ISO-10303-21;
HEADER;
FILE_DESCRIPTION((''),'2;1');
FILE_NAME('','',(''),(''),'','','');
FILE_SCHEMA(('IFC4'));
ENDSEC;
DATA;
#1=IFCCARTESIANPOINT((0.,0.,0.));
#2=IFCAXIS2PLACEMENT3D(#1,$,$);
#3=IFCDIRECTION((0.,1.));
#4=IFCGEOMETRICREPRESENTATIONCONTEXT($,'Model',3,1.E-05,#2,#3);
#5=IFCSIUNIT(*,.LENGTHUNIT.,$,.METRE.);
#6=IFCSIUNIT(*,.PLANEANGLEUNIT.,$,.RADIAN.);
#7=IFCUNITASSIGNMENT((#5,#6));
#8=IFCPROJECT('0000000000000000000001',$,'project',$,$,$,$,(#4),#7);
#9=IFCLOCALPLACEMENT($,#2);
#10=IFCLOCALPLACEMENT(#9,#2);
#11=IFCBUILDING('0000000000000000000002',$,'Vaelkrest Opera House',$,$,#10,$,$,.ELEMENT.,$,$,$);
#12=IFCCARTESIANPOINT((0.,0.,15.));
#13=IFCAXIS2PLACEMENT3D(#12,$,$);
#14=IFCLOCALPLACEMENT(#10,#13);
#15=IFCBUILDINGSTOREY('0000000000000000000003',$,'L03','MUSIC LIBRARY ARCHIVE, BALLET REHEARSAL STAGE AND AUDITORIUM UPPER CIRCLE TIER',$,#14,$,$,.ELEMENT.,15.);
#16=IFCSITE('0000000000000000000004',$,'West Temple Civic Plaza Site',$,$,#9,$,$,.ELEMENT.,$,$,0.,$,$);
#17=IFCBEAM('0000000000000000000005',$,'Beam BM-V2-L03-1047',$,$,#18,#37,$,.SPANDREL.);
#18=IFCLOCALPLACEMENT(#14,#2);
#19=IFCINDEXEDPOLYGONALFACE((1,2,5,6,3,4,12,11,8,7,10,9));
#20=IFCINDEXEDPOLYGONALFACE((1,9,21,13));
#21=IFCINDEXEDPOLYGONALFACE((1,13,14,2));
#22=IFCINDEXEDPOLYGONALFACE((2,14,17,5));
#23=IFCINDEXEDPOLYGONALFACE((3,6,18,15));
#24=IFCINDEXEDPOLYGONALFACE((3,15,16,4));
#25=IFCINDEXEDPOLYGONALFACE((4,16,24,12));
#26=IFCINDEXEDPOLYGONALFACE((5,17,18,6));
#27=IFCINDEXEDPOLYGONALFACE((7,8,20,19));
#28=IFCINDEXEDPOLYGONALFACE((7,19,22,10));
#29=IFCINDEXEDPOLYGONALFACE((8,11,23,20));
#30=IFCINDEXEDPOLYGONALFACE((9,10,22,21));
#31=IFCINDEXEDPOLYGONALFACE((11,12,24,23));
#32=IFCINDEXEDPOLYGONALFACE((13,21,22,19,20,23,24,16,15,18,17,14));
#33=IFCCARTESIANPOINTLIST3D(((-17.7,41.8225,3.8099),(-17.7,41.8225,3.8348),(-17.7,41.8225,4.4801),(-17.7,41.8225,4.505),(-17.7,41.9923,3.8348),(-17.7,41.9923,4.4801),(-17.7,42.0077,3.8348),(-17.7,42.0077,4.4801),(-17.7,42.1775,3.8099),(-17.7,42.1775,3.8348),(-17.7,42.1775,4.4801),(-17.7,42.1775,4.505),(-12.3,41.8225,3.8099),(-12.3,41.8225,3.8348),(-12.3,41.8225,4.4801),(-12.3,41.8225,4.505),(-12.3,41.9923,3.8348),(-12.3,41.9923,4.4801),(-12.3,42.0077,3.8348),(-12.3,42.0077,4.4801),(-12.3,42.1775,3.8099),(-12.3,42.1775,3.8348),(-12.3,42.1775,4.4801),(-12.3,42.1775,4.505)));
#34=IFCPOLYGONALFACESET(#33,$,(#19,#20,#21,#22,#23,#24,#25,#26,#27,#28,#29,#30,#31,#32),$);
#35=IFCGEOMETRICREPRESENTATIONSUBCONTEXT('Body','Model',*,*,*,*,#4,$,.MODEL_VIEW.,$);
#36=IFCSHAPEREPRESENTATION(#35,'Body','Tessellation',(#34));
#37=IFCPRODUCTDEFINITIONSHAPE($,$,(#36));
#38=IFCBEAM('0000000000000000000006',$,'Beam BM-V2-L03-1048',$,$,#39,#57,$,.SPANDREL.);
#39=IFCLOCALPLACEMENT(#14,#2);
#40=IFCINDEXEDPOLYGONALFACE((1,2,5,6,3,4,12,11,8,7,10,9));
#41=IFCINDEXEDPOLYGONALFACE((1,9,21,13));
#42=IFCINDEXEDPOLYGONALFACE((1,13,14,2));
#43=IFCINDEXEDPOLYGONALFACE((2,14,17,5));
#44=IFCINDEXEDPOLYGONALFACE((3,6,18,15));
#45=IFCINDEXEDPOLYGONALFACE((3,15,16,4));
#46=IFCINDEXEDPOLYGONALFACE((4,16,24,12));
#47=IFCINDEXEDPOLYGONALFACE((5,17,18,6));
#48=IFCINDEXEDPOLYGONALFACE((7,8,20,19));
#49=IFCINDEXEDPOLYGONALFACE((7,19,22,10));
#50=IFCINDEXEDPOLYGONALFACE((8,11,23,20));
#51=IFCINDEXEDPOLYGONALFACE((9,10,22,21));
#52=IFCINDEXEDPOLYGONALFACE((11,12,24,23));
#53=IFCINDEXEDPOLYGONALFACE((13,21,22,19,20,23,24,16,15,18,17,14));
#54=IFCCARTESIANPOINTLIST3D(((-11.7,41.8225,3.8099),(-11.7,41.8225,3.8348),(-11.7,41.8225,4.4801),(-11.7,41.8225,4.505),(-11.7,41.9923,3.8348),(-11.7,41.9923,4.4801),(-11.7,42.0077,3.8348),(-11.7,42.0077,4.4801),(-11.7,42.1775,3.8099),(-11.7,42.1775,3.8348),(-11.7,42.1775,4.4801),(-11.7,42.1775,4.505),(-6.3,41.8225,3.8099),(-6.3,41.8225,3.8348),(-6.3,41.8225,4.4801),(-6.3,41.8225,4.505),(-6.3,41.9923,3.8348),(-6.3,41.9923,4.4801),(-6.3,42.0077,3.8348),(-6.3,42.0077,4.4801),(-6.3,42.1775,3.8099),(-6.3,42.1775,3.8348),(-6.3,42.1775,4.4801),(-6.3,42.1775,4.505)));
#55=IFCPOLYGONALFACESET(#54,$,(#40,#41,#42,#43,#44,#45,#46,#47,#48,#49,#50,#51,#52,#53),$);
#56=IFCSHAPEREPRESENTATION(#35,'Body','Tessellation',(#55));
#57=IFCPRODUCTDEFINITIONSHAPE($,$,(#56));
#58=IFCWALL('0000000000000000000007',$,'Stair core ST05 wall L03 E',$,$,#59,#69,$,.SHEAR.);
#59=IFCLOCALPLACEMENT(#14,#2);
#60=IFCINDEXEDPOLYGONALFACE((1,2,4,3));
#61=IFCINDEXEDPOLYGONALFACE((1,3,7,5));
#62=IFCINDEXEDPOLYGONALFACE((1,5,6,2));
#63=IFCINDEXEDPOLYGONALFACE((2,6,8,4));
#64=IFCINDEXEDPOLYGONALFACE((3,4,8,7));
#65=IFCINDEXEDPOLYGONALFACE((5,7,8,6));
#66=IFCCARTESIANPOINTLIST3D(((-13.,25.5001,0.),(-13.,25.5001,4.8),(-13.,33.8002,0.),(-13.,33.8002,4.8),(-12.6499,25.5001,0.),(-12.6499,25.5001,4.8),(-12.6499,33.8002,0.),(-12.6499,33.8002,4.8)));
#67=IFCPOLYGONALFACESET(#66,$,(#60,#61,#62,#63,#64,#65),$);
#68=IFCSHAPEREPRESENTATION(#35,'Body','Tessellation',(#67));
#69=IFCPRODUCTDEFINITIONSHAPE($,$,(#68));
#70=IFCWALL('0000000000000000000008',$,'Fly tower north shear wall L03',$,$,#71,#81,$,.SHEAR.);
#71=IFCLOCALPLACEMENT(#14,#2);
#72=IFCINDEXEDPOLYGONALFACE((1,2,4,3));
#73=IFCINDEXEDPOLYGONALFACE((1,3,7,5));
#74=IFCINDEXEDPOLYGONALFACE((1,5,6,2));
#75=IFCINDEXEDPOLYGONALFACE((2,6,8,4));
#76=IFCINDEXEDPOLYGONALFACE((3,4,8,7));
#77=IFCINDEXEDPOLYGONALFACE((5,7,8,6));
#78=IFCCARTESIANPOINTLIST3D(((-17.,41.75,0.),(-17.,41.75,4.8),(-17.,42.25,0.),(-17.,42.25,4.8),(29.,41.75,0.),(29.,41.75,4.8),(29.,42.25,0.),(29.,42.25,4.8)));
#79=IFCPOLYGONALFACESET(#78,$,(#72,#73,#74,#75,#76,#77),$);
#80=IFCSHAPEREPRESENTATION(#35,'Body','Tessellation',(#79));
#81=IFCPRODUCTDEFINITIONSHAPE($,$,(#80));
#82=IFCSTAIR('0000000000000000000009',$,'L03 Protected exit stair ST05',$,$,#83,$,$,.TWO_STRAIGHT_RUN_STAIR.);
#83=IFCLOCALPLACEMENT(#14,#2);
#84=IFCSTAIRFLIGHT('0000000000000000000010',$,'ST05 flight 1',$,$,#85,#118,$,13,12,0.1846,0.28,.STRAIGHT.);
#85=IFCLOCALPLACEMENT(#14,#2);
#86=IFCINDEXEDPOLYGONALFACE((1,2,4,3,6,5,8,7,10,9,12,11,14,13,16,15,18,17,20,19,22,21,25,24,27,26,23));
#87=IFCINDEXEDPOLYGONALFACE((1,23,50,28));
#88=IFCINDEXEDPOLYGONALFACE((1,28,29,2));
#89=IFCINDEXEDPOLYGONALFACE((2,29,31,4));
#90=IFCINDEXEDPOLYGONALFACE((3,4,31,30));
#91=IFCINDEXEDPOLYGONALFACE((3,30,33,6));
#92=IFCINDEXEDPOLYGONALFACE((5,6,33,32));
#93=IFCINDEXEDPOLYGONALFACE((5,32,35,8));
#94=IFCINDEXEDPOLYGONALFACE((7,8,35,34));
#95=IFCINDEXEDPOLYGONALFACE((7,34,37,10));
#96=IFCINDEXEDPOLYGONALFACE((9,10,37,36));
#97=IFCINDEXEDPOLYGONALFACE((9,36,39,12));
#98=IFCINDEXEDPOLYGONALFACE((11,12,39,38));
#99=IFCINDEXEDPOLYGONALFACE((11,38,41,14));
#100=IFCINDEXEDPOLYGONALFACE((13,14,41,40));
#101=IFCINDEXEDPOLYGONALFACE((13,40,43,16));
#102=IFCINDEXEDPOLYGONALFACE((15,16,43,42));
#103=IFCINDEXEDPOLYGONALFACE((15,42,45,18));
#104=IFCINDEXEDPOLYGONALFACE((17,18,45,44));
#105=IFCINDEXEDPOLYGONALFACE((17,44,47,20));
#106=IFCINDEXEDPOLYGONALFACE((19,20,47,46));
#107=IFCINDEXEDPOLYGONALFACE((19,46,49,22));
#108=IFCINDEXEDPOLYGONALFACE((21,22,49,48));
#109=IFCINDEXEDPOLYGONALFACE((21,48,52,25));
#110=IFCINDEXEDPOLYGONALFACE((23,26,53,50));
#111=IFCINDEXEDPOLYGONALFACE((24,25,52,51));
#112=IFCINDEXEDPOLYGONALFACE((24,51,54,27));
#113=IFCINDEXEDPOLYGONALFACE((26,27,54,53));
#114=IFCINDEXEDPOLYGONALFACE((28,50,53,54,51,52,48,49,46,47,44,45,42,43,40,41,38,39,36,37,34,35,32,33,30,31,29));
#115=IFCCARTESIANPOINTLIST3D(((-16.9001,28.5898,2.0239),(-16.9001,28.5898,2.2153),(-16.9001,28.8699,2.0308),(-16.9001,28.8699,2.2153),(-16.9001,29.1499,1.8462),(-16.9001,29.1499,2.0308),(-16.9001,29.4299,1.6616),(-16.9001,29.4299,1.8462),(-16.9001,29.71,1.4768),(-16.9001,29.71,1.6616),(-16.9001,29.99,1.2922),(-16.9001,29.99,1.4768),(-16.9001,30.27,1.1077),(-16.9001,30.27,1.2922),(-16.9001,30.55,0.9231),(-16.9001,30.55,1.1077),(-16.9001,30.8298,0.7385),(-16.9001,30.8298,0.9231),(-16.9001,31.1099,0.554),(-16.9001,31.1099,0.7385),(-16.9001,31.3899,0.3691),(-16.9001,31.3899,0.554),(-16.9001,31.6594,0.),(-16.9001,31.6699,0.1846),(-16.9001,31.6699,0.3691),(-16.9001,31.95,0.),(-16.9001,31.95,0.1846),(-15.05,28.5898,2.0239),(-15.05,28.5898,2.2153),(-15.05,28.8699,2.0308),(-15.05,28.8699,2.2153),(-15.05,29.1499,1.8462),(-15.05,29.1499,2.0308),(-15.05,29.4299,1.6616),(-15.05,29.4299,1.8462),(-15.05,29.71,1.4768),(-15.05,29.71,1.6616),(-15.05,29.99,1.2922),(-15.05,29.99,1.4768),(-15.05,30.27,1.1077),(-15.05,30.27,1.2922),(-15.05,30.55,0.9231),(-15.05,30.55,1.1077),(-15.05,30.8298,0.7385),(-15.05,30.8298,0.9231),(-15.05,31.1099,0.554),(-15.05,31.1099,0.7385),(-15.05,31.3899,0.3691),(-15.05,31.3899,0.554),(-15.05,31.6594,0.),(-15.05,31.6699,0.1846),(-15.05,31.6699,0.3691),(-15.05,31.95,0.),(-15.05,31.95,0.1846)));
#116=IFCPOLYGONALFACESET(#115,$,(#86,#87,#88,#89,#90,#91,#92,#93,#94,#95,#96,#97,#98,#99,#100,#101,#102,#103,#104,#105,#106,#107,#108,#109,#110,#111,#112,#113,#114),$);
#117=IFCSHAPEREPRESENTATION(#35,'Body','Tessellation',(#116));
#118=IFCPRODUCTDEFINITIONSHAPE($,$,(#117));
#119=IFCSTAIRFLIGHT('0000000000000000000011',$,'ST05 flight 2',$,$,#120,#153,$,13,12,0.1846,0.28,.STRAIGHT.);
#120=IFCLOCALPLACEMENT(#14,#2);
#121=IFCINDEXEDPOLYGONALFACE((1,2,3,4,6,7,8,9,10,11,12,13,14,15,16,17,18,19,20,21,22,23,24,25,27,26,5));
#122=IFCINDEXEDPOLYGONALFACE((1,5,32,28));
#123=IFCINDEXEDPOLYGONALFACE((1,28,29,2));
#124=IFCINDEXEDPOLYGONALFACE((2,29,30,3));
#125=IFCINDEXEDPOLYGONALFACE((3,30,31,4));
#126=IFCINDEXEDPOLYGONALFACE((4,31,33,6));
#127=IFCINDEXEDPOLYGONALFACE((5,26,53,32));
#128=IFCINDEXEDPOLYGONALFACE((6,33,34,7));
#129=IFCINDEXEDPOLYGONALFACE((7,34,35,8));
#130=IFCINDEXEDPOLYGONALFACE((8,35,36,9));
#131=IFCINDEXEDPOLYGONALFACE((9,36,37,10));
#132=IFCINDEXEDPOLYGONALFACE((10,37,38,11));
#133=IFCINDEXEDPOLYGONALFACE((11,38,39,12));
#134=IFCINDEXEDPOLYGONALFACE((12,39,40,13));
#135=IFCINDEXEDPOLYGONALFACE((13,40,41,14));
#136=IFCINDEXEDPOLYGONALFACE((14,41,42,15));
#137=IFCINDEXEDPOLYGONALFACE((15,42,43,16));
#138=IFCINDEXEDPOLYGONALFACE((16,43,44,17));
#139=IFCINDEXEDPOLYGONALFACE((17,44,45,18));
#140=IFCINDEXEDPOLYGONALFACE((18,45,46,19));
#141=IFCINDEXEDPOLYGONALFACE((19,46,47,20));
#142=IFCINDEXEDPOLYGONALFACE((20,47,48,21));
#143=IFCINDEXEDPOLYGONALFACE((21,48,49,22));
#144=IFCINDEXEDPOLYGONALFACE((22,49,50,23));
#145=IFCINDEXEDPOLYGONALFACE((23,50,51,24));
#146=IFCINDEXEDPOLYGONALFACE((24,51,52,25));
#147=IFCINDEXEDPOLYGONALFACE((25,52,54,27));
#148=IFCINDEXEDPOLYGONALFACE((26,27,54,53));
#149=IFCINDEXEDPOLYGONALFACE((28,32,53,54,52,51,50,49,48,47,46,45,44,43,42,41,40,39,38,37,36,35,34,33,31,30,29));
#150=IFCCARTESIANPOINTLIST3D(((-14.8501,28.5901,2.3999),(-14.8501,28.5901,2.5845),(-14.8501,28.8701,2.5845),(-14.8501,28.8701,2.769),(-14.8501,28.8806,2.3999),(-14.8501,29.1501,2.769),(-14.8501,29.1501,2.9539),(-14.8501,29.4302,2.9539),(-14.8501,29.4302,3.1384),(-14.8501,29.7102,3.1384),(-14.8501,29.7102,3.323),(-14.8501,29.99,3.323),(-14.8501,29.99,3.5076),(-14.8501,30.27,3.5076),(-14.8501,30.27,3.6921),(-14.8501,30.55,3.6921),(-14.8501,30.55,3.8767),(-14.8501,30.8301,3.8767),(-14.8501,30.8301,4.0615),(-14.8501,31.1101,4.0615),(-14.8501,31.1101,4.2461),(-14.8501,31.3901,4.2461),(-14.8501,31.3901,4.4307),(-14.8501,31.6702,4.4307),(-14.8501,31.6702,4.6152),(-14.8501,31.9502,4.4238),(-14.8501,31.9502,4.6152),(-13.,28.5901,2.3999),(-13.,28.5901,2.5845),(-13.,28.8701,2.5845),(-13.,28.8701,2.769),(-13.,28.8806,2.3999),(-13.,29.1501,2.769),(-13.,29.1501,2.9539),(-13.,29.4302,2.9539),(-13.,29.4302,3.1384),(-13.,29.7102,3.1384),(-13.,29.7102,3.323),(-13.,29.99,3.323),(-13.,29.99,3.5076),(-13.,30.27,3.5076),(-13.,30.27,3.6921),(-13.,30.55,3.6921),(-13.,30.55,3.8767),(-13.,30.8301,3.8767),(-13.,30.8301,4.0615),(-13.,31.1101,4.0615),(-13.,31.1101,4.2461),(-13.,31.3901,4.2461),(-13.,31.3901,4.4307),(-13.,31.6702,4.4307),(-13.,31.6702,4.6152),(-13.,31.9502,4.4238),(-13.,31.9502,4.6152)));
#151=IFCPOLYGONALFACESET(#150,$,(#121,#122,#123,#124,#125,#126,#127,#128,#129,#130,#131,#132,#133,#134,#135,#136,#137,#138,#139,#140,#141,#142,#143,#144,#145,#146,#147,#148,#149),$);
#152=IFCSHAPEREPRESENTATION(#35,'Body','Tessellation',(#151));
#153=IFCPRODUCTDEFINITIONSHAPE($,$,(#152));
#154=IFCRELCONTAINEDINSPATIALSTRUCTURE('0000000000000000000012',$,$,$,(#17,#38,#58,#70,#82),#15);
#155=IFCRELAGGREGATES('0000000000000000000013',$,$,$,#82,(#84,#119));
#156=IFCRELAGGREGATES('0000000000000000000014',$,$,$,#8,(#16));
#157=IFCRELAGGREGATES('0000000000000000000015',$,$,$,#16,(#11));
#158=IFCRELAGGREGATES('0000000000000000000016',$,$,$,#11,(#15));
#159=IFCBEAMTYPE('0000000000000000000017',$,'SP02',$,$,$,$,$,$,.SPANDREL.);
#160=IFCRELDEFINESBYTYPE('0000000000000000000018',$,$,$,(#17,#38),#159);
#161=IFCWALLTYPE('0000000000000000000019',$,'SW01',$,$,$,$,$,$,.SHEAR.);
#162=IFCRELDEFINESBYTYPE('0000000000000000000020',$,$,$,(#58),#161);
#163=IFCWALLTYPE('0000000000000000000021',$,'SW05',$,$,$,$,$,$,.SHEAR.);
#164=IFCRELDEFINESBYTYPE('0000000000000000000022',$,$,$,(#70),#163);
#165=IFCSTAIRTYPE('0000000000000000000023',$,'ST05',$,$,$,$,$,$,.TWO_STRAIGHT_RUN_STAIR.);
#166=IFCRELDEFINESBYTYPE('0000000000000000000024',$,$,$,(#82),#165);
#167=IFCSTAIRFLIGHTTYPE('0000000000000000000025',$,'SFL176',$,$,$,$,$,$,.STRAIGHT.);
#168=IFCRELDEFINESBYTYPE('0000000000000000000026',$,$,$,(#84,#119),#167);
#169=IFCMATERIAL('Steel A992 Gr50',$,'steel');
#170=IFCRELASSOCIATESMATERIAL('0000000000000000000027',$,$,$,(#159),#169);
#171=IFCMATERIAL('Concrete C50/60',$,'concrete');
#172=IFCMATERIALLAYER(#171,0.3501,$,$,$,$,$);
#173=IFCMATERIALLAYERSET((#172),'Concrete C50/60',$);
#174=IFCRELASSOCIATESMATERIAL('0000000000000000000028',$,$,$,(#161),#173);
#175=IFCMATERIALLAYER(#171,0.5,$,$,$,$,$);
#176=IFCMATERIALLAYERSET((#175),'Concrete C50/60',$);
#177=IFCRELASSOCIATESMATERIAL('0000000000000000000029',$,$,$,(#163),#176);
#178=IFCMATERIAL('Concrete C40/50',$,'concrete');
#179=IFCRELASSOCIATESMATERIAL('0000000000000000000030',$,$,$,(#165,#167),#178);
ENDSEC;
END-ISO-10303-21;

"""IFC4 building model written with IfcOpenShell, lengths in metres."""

from ifc_helpers import new_model, si_unit, direction, frame, frame_2d, origin, origin_2d, place, context, subcontext, project, spatial, polyline, rectangle, i_section, outline, extrude, material, layer, layer_set, material_profile, profile_set, type_object, element, aggregate, save


model = new_model("IFC4")

# Units and contexts
model_context = context("Model", 3, precision=1e-05, world=origin(), true_north=direction((0.0, 1.0)))
body_context = subcontext(model_context, "Body", "Model", "MODEL_VIEW")
ifc_project = project(units=[si_unit("LENGTHUNIT", "METRE"), si_unit("PLANEANGLEUNIT", "RADIAN")], contexts=[model_context])

# Site, building, storey
site_placement = place(None, origin())
site = spatial("IfcSite", under=ifc_project, at=site_placement, Name="West Temple Civic Plaza Site", CompositionType="ELEMENT", RefElevation=0.0)
building_placement = place(site_placement, origin())
building = spatial("IfcBuilding", under=site, at=building_placement, Name="Vaelkrest Opera House", CompositionType="ELEMENT")
storey_placement = place(building_placement, frame((0.0, 0.0, 15.0)))
storey = spatial("IfcBuildingStorey", under=building, at=storey_placement, Name="L03", Description="MUSIC LIBRARY ARCHIVE, BALLET REHEARSAL STAGE AND AUDITORIUM UPPER CIRCLE TIER", CompositionType="ELEMENT", Elevation=15.0)

# Shared definitions
ifc_material_1 = material(Name="Concrete C50/60", Category="concrete")

# Beams
ifc_material_2 = material(Name="Steel A992 Gr50", Category="steel")
ifc_material_profile_1 = material_profile(ifc_material_2, i_section(OverallWidth=0.355, OverallDepth=0.6951, WebThickness=0.0154, FlangeThickness=0.0249, at=origin_2d()), Name="W27X146")
ifc_profile_set_1 = profile_set([ifc_material_profile_1], Name="Steel A992 Gr50")
beam_type_1 = type_object("IfcBeamType", Name="SP02", PredefinedType="SPANDREL", material=ifc_profile_set_1)
for number, where, z_axis, x_axis, name in (
    (1, (-17.7, 42.0, 4.1575), (1.0, 0.0, 0.0), (0.0, 1.0, 0.0), "Beam BM-V2-L03-1047"),
    (2, (-11.7, 42.0, 4.1575), (1.0, 0.0, 0.0), (0.0, 1.0, 0.0), "Beam BM-V2-L03-1048"),
):
    element("IfcBeam", number, at=place(storey_placement, frame(where, z_axis=z_axis, x_axis=x_axis)), inside=storey, type_object=beam_type_1, Name=name, PredefinedType="SPANDREL", context=body_context, shape_type="SweptSolid", body=[
        extrude(i_section(OverallWidth=0.355, OverallDepth=0.6951, WebThickness=0.0154, FlangeThickness=0.0249, at=origin_2d()), origin(), (0.0, 0.0, 1.0), 5.3999),
    ])

# Shared definitions
ifc_layer_1 = layer(ifc_material_1, 0.3501)
ifc_layer_set_1 = layer_set([ifc_layer_1], Name="Concrete C50/60")
wall_type_1 = type_object("IfcWallType", Name="SW01", PredefinedType="SHEAR", material=ifc_layer_set_1)

# Walls
wall_1_placement = place(storey_placement, frame((-12.825, 33.8, 0.0), z_axis=(0.0, 0.0, 1.0), x_axis=(0.0, -1.0, 0.0)))
element("IfcWall", 3, at=wall_1_placement, inside=storey, type_object=wall_type_1, Name="Stair core ST05 wall L03 E", PredefinedType="SHEAR", context=body_context, shape_type="SweptSolid", body=[
    extrude(rectangle(XDim=8.3, YDim=0.3501, at=frame_2d((4.1499, 0.0))), origin(), (0.0, 0.0, 1.0), 4.8),
])
ifc_layer_2 = layer(ifc_material_1, 0.5)
ifc_layer_set_2 = layer_set([ifc_layer_2], Name="Concrete C50/60")
wall_type_2 = type_object("IfcWallType", Name="SW05", PredefinedType="SHEAR", material=ifc_layer_set_2)
wall_2_placement = place(storey_placement, frame((-17.0, 42.0, 0.0), z_axis=(0.0, 0.0, 1.0), x_axis=(1.0, 0.0, 0.0)))
element("IfcWall", 4, at=wall_2_placement, inside=storey, type_object=wall_type_2, Name="Fly tower north shear wall L03", PredefinedType="SHEAR", context=body_context, shape_type="SweptSolid", body=[
    extrude(rectangle(XDim=46.0, YDim=0.5, at=frame_2d((23.0, 0.0))), origin(), (0.0, 0.0, 1.0), 4.8),
])

# Stair, stair flights
ifc_material_3 = material(Name="Concrete C40/50", Category="concrete")
stair_type = type_object("IfcStairType", Name="ST05", PredefinedType="TWO_STRAIGHT_RUN_STAIR", material=ifc_material_3)
stair_placement = place(storey_placement, origin())
stair = element("IfcStair", 5, at=stair_placement, inside=storey, type_object=stair_type, Name="L03 Protected exit stair ST05", PredefinedType="TWO_STRAIGHT_RUN_STAIR")
stair_flight_type = type_object("IfcStairFlightType", Name="SFL176", PredefinedType="STRAIGHT", material=ifc_material_3)
stair_flight_1_placement = place(storey_placement, frame((-15.9751, 31.95, 0.0), z_axis=(0.0, 0.0, 1.0), x_axis=(0.0, -1.0, 0.0)))
stair_flight_1 = element("IfcStairFlight", 6, at=stair_flight_1_placement, type_object=stair_flight_type, Name="ST05 flight 1", NumberOfRisers=13, NumberOfTreads=12, PredefinedType="STRAIGHT", RiserHeight=0.1846, TreadLength=0.28, context=body_context, shape_type="SweptSolid", body=[
    extrude(outline(polyline([(0.0, 0.0), (0.0, 0.1846), (0.28, 0.1846), (0.28, 0.3691), (0.5601, 0.3691), (0.5601, 0.554), (0.8401, 0.554), (0.8401, 0.7385), (1.1201, 0.7385), (1.1201, 0.9231), (1.3999, 0.9231), (1.3999, 1.1077), (1.6799, 1.1077), (1.6799, 1.2922), (1.96, 1.2922), (1.96, 1.4768), (2.24, 1.4768), (2.24, 1.6616), (2.52, 1.6616), (2.52, 1.8462), (2.8, 1.8462), (2.8, 2.0308), (3.0801, 2.0308), (3.0801, 2.2153), (3.3601, 2.2153), (3.3601, 2.3999), (3.3601, 2.0239), (0.2905, 0.0), (0.0, 0.0)])), frame((0.0, 0.925, 0.0), z_axis=(0.0, -1.0, 0.0), x_axis=(1.0, 0.0, 0.0)), (0.0, 0.0, 1.0), 1.8501),
])
stair_flight_2_placement = place(storey_placement, frame((-13.925, 28.5901, 2.3999), z_axis=(0.0, 0.0, 1.0), x_axis=(0.0, 1.0, 0.0)))
stair_flight_2 = element("IfcStairFlight", 7, at=stair_flight_2_placement, type_object=stair_flight_type, Name="ST05 flight 2", NumberOfRisers=13, NumberOfTreads=12, PredefinedType="STRAIGHT", RiserHeight=0.1846, TreadLength=0.28, context=body_context, shape_type="SweptSolid", body=[
    extrude(outline(polyline([(0.0, 0.0), (0.0, 0.1846), (0.28, 0.1846), (0.28, 0.3691), (0.5601, 0.3691), (0.5601, 0.554), (0.8401, 0.554), (0.8401, 0.7385), (1.1201, 0.7385), (1.1201, 0.9231), (1.3999, 0.9231), (1.3999, 1.1077), (1.6799, 1.1077), (1.6799, 1.2922), (1.96, 1.2922), (1.96, 1.4768), (2.24, 1.4768), (2.24, 1.6616), (2.52, 1.6616), (2.52, 1.8462), (2.8, 1.8462), (2.8, 2.0308), (3.0801, 2.0308), (3.0801, 2.2153), (3.3601, 2.2153), (3.3601, 2.3999), (3.3601, 2.0239), (0.2905, 0.0), (0.0, 0.0)])), frame((0.0, 0.925, 0.0), z_axis=(0.0, -1.0, 0.0), x_axis=(1.0, 0.0, 0.0)), (0.0, 0.0, 1.0), 1.8501),
])
aggregate(stair, [stair_flight_1, stair_flight_2])

save(model, "model.ifc")
